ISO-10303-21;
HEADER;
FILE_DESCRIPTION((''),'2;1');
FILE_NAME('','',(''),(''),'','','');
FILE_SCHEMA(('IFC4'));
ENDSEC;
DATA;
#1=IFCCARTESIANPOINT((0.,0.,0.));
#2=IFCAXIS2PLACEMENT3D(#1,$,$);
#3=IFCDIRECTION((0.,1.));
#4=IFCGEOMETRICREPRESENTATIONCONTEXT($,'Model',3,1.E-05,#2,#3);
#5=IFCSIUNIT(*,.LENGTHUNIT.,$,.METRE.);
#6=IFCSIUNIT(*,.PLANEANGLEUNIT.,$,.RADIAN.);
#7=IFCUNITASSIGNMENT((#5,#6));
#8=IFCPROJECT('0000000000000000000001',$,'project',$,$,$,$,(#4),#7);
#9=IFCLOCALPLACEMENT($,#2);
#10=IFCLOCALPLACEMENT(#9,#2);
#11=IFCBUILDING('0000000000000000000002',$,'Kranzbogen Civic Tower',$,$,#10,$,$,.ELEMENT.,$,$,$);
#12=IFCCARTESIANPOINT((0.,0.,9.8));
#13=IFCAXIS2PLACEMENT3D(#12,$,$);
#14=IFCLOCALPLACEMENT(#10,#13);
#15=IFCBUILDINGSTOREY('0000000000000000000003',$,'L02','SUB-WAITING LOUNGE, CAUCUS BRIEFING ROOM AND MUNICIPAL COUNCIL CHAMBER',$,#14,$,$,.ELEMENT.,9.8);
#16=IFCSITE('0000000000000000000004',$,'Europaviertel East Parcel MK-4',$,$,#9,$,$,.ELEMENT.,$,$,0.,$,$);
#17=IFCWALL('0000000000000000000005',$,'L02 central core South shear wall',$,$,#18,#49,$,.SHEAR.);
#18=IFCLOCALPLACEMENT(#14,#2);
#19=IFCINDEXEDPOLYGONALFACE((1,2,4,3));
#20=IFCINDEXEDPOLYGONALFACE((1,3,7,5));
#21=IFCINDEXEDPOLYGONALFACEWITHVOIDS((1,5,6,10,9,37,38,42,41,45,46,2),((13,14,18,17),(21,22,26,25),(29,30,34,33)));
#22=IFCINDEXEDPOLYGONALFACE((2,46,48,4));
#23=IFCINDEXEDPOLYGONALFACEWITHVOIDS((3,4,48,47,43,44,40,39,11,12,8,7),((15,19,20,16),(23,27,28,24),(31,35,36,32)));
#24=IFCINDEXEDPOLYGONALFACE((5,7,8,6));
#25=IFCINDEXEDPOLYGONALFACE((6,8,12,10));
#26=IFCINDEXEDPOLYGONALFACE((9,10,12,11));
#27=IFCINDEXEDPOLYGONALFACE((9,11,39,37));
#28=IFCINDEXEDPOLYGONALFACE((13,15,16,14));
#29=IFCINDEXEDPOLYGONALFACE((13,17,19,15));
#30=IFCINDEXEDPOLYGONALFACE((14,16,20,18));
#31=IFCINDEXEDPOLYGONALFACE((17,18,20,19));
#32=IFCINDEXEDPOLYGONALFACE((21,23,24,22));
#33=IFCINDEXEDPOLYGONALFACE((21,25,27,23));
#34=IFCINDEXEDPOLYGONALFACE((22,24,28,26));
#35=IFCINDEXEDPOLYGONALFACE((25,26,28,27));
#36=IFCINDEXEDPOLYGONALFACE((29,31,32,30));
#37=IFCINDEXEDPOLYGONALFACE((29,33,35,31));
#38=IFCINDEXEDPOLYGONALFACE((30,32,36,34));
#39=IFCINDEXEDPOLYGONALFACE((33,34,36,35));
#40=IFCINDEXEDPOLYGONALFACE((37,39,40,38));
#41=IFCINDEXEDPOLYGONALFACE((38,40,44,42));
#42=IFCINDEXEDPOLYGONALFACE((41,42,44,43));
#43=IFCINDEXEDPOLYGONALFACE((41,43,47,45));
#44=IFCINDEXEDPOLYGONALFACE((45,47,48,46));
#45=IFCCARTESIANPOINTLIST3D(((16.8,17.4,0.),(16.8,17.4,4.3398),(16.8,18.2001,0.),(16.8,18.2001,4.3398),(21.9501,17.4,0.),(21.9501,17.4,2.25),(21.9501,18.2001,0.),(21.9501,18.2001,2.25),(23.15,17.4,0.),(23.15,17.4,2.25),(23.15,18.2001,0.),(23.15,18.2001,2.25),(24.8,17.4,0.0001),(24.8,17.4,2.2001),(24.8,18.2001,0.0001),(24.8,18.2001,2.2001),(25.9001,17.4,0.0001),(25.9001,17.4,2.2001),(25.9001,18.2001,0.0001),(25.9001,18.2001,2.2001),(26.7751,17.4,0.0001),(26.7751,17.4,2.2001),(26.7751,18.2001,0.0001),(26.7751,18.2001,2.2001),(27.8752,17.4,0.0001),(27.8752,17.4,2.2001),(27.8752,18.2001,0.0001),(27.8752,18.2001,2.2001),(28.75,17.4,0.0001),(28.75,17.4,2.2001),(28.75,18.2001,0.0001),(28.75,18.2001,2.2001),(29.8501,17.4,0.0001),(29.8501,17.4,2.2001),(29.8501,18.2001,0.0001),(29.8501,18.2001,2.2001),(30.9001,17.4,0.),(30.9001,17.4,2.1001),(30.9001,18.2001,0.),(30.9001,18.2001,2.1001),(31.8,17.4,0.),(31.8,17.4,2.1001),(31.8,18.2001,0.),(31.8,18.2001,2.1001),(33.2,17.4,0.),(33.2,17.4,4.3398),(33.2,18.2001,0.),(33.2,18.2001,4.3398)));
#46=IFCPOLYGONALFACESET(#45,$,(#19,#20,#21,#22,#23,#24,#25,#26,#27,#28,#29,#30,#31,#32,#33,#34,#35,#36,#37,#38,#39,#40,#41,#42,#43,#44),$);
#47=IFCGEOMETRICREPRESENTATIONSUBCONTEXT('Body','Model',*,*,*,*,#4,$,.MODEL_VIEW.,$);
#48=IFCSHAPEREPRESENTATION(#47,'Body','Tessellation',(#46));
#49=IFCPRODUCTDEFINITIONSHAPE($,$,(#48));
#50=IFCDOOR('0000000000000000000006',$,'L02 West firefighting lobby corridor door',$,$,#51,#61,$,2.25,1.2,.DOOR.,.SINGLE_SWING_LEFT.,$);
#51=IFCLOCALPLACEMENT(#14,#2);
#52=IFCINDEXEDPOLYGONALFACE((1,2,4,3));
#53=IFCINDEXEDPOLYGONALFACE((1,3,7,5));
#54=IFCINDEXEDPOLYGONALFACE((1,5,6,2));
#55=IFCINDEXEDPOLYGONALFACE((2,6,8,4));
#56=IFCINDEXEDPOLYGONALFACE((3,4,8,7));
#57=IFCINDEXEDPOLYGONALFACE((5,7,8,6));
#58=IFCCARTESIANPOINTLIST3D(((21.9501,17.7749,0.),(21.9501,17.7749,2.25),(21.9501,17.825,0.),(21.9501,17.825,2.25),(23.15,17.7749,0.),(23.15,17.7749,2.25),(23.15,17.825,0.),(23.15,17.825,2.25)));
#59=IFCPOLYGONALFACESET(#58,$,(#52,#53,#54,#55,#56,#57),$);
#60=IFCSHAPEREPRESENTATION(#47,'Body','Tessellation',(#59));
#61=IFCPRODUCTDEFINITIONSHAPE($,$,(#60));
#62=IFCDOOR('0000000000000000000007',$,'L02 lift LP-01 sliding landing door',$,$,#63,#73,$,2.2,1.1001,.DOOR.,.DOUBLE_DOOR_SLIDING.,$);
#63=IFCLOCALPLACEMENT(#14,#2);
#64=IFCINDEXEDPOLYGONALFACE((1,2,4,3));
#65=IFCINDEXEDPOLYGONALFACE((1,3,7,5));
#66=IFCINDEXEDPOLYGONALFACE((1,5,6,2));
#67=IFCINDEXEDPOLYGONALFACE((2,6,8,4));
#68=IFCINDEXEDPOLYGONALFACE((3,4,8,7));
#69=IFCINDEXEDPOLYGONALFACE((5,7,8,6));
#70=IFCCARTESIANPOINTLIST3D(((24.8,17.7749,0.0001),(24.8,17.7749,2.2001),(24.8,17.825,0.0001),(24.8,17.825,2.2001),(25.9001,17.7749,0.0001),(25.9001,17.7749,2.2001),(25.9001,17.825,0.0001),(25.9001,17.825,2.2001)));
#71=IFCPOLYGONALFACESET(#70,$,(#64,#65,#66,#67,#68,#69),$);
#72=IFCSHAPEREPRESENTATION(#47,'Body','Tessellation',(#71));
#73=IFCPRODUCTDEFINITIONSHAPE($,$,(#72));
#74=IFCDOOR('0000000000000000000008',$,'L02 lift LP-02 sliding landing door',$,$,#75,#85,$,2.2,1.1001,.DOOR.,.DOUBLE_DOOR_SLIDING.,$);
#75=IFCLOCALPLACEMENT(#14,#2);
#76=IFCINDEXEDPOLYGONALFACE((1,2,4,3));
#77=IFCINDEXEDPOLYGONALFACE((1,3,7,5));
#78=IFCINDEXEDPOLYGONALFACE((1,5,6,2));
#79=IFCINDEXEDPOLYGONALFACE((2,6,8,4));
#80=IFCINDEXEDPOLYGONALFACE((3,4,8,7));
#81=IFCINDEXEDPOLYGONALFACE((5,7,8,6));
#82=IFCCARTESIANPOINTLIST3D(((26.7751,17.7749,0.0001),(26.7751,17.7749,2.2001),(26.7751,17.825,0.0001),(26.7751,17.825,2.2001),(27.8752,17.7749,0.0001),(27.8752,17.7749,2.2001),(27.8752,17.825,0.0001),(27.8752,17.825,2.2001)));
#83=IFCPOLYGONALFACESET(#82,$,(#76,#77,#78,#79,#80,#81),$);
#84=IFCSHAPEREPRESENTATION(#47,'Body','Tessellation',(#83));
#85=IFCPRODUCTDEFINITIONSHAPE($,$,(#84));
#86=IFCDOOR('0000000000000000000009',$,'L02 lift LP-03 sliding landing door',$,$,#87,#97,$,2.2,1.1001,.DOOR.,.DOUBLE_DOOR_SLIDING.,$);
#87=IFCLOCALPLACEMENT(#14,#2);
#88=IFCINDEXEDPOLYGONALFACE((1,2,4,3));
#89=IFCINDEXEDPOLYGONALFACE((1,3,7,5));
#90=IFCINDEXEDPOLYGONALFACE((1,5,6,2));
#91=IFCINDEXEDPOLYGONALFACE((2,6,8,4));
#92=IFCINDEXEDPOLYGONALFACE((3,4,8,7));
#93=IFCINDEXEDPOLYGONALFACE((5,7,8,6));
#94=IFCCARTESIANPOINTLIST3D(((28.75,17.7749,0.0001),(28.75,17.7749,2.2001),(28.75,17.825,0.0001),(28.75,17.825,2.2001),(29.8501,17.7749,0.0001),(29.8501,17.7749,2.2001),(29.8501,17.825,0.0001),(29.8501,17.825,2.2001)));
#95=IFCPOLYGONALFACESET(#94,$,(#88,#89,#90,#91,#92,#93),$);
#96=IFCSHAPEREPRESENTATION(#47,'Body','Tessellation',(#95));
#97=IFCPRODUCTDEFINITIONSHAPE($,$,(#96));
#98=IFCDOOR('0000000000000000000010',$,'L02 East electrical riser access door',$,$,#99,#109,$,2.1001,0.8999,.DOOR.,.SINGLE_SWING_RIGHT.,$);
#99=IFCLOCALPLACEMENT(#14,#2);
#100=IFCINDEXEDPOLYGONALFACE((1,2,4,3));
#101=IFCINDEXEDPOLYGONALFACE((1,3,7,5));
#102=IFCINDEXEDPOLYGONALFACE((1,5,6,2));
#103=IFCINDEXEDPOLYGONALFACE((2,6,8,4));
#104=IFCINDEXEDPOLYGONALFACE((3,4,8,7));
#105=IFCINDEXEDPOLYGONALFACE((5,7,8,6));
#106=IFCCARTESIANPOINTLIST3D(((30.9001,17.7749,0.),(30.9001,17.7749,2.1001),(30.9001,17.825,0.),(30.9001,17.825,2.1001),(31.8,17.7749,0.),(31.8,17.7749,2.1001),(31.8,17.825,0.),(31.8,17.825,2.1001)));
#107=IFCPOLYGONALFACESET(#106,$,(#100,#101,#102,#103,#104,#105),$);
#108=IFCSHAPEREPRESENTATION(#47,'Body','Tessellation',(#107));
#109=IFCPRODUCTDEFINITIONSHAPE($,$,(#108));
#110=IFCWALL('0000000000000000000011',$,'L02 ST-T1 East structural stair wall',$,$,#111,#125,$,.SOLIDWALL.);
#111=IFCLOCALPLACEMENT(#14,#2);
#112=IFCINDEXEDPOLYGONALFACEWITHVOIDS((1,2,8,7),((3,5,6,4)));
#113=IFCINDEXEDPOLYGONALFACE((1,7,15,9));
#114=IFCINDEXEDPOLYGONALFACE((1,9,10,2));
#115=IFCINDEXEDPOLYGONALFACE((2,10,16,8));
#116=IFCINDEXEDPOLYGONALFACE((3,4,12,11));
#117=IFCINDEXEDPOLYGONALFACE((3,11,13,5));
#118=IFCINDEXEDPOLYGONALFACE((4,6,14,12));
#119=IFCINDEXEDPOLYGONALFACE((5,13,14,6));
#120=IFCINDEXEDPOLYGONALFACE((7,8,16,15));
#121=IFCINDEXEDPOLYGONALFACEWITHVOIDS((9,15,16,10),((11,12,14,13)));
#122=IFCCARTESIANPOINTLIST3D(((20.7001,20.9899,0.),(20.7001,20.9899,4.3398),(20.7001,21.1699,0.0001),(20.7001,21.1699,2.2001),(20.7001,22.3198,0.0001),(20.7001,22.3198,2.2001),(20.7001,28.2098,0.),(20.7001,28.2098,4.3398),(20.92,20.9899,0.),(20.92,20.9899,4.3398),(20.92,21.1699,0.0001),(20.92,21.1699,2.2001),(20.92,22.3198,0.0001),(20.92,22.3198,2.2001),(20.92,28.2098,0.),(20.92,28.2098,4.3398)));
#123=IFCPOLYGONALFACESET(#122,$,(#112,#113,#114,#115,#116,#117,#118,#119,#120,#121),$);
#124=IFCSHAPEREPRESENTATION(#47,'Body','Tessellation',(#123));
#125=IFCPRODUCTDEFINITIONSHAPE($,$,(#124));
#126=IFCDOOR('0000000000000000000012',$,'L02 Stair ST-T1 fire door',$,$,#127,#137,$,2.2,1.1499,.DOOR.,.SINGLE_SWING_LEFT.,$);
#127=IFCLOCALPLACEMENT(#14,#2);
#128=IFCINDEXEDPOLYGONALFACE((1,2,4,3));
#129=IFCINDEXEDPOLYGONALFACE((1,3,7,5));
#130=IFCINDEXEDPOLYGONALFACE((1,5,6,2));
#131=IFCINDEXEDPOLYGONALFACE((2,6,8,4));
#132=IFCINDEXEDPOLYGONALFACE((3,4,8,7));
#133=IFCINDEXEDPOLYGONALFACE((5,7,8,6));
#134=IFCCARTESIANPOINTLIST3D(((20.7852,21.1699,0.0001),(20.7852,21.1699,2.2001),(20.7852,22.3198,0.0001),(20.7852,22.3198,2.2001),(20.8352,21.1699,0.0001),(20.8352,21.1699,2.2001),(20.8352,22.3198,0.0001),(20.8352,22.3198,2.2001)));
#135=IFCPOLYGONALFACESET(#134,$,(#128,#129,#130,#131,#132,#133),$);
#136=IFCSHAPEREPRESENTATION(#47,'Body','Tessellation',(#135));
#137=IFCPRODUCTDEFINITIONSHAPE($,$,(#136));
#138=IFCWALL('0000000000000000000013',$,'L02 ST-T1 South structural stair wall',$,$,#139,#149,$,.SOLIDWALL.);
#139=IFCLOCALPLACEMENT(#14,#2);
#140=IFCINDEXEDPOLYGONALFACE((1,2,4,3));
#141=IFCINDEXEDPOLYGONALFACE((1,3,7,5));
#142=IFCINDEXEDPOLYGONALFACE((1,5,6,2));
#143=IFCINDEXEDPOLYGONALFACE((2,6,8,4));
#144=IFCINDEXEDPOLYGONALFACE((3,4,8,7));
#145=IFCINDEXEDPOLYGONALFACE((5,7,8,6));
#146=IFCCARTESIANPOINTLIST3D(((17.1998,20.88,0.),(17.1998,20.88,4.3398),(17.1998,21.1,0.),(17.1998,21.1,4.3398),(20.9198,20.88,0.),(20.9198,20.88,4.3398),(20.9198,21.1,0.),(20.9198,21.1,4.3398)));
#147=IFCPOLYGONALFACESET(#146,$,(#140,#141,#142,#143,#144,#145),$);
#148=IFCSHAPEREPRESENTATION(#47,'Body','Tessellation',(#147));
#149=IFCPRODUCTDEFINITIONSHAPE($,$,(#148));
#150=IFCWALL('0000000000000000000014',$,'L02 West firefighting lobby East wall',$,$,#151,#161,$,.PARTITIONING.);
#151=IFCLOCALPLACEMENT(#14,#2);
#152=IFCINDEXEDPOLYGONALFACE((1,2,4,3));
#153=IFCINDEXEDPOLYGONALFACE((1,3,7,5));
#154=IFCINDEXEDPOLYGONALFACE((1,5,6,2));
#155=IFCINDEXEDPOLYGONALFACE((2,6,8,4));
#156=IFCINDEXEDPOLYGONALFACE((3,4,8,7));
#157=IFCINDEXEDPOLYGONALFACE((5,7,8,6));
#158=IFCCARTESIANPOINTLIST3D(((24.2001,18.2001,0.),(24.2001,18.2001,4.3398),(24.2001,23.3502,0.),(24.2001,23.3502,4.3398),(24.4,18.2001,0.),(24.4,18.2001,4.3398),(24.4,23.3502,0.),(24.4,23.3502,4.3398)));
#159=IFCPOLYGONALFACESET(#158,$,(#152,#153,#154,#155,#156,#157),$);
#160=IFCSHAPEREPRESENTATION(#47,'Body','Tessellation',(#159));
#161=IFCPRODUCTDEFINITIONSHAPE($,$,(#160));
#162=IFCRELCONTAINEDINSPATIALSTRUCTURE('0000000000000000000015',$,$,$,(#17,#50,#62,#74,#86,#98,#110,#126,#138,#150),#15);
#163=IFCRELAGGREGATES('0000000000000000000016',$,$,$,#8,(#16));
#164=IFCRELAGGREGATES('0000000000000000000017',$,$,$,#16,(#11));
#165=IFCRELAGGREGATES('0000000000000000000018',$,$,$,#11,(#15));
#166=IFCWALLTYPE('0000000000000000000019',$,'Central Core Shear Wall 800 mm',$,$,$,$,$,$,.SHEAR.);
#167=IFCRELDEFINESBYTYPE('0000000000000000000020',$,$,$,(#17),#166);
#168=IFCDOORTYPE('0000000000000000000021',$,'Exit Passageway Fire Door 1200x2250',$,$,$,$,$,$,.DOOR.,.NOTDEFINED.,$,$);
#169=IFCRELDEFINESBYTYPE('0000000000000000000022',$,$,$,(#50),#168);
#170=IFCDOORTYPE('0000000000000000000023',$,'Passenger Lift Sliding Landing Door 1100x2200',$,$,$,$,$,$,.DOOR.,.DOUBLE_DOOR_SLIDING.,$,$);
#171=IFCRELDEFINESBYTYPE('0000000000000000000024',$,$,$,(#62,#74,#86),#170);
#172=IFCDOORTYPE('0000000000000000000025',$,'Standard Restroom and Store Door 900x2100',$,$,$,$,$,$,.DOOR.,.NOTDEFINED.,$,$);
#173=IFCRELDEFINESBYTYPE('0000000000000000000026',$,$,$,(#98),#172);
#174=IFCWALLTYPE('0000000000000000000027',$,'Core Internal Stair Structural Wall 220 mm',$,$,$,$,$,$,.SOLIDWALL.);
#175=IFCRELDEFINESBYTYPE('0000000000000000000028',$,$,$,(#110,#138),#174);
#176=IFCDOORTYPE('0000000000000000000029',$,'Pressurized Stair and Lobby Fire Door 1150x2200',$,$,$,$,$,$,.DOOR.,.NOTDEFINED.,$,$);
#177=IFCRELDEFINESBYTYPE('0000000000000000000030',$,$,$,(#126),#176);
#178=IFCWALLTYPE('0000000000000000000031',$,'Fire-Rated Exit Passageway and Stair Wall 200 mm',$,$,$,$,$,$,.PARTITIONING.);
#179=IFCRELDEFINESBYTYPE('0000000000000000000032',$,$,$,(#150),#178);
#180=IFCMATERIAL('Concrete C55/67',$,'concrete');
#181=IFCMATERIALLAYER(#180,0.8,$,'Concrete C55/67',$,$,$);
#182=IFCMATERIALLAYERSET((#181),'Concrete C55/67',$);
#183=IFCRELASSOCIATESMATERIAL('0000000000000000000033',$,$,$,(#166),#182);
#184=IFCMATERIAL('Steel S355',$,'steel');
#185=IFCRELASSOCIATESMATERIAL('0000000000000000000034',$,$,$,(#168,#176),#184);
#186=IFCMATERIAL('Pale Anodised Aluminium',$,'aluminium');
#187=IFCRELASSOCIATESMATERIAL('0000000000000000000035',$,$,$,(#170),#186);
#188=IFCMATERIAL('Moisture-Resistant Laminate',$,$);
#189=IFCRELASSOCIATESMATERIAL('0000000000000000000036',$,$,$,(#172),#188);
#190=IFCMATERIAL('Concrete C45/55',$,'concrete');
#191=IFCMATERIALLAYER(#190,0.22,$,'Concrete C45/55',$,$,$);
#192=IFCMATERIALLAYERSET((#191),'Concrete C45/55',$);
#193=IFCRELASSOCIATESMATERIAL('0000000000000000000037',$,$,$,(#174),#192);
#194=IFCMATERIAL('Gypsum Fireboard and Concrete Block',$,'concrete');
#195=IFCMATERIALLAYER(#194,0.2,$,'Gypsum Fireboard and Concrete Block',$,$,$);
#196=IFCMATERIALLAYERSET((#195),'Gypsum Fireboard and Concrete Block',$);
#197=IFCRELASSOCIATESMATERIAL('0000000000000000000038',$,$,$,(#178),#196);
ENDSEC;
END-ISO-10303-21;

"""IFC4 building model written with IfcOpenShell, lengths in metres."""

from ifc_helpers import new_model, si_unit, direction, frame, frame_2d, origin, place, context, subcontext, project, spatial, rectangle, extrude, material, layer, layer_set, type_object, element, fill, save


model = new_model("IFC4")

# Units and contexts
model_context = context("Model", 3, precision=1e-05, world=origin(), true_north=direction((0.0, 1.0)))
body_context = subcontext(model_context, "Body", "Model", "MODEL_VIEW")
ifc_project = project(units=[si_unit("LENGTHUNIT", "METRE"), si_unit("PLANEANGLEUNIT", "RADIAN")], contexts=[model_context])

# Site, building, storey
site_placement = place(None, origin())
site = spatial("IfcSite", under=ifc_project, at=site_placement, Name="Europaviertel East Parcel MK-4", CompositionType="ELEMENT", RefElevation=0.0)
building_placement = place(site_placement, origin())
building = spatial("IfcBuilding", under=site, at=building_placement, Name="Kranzbogen Civic Tower", CompositionType="ELEMENT")
storey_placement = place(building_placement, frame((0.0, 0.0, 9.8)))
storey = spatial("IfcBuildingStorey", under=building, at=storey_placement, Name="L02", Description="SUB-WAITING LOUNGE, CAUCUS BRIEFING ROOM AND MUNICIPAL COUNCIL CHAMBER", CompositionType="ELEMENT", Elevation=9.8)

# Shared definitions
ifc_material_1 = material(Name="Pale Anodised Aluminium", Category="aluminium")

# Shared definitions
ifc_material_2 = material(Name="Steel S355", Category="steel")

# Wall, openings, doors
ifc_material_3 = material(Name="Concrete C55/67", Category="concrete")
ifc_layer_1 = layer(ifc_material_3, 0.8, Name="Concrete C55/67")
ifc_layer_set_1 = layer_set([ifc_layer_1], Name="Concrete C55/67")
wall_type_1 = type_object("IfcWallType", Name="Central Core Shear Wall 800 mm", PredefinedType="SHEAR", material=ifc_layer_set_1)
wall_1_placement = place(storey_placement, frame((16.8, 17.8, 0.0), z_axis=(0.0, 0.0, 1.0), x_axis=(1.0, 0.0, 0.0)))
wall_1 = element("IfcWall", 1, at=wall_1_placement, inside=storey, type_object=wall_type_1, Name="L02 central core South shear wall", PredefinedType="SHEAR", context=body_context, shape_type="SweptSolid", body=[
    extrude(rectangle(XDim=16.3999, YDim=0.8, at=frame_2d((8.2, 0.0))), origin(), (0.0, 0.0, 1.0), 4.3398),
])
opening_1_placement = place(wall_1_placement, frame((5.1499, 0.0, 0.0)))
opening_1 = element("IfcOpeningElement", 2, at=opening_1_placement, cuts=wall_1, PredefinedType="OPENING", context=body_context, shape_type="SweptSolid", body=[
    extrude(rectangle(XDim=1.2, YDim=2.25, at=frame_2d((0.6001, 1.125))), frame((0.0, 0.4102, 0.0), z_axis=(0.0, -1.0, 0.0), x_axis=(1.0, 0.0, 0.0)), (0.0, 0.0, 1.0), 0.8201),
])
opening_2_placement = place(wall_1_placement, frame((14.1001, 0.0, 0.0)))
opening_2 = element("IfcOpeningElement", 3, at=opening_2_placement, cuts=wall_1, PredefinedType="OPENING", context=body_context, shape_type="SweptSolid", body=[
    extrude(rectangle(XDim=0.8999, YDim=2.1001, at=frame_2d((0.45, 1.05))), frame((0.0, 0.4102, 0.0), z_axis=(0.0, -1.0, 0.0), x_axis=(1.0, 0.0, 0.0)), (0.0, 0.0, 1.0), 0.8201),
])
opening_3_placement = place(wall_1_placement, frame((8.0, 0.0, 0.0)))
opening_3 = element("IfcOpeningElement", 4, at=opening_3_placement, cuts=wall_1, PredefinedType="OPENING", context=body_context, shape_type="SweptSolid", body=[
    extrude(rectangle(XDim=1.1001, YDim=2.2, at=frame_2d((0.55, 1.1001))), frame((0.0, 0.4102, 0.0), z_axis=(0.0, -1.0, 0.0), x_axis=(1.0, 0.0, 0.0)), (0.0, 0.0, 1.0), 0.8201),
])
opening_4_placement = place(wall_1_placement, frame((9.9751, 0.0, 0.0)))
opening_4 = element("IfcOpeningElement", 5, at=opening_4_placement, cuts=wall_1, PredefinedType="OPENING", context=body_context, shape_type="SweptSolid", body=[
    extrude(rectangle(XDim=1.1001, YDim=2.2, at=frame_2d((0.55, 1.1001))), frame((0.0, 0.4102, 0.0), z_axis=(0.0, -1.0, 0.0), x_axis=(1.0, 0.0, 0.0)), (0.0, 0.0, 1.0), 0.8201),
])
opening_5_placement = place(wall_1_placement, frame((11.95, 0.0, 0.0)))
opening_5 = element("IfcOpeningElement", 6, at=opening_5_placement, cuts=wall_1, PredefinedType="OPENING", context=body_context, shape_type="SweptSolid", body=[
    extrude(rectangle(XDim=1.1001, YDim=2.2, at=frame_2d((0.55, 1.1001))), frame((0.0, 0.4102, 0.0), z_axis=(0.0, -1.0, 0.0), x_axis=(1.0, 0.0, 0.0)), (0.0, 0.0, 1.0), 0.8201),
])
door_type_1 = type_object("IfcDoorType", Name="Exit Passageway Fire Door 1200x2250", OperationType="NOTDEFINED", PredefinedType="DOOR", material=ifc_material_2)
door_1_placement = place(opening_1_placement, origin())
door_1 = element("IfcDoor", 7, at=door_1_placement, inside=storey, type_object=door_type_1, Name="L02 West firefighting lobby corridor door", OperationType="SINGLE_SWING_LEFT", OverallHeight=2.25, OverallWidth=1.2, PredefinedType="DOOR", context=body_context, shape_type="SweptSolid", body=[
    extrude(rectangle(XDim=1.2, YDim=2.25, at=frame_2d((0.6001, 1.125))), frame((0.0, 0.0249, 0.0), z_axis=(0.0, -1.0, 0.0), x_axis=(1.0, 0.0, 0.0)), (0.0, 0.0, 1.0), 0.05),
])
fill(opening_1, door_1)
door_type_2 = type_object("IfcDoorType", Name="Passenger Lift Sliding Landing Door 1100x2200", OperationType="DOUBLE_DOOR_SLIDING", PredefinedType="DOOR", material=ifc_material_1)
door_2_placement = place(opening_3_placement, origin())
door_2 = element("IfcDoor", 8, at=door_2_placement, inside=storey, type_object=door_type_2, Name="L02 lift LP-01 sliding landing door", OperationType="DOUBLE_DOOR_SLIDING", OverallHeight=2.2, OverallWidth=1.1001, PredefinedType="DOOR", context=body_context, shape_type="SweptSolid", body=[
    extrude(rectangle(XDim=1.1001, YDim=2.2, at=frame_2d((0.55, 1.1001))), frame((0.0, 0.0249, 0.0), z_axis=(0.0, -1.0, 0.0), x_axis=(1.0, 0.0, 0.0)), (0.0, 0.0, 1.0), 0.05),
])
fill(opening_3, door_2)
door_3_placement = place(opening_4_placement, origin())
door_3 = element("IfcDoor", 9, at=door_3_placement, inside=storey, type_object=door_type_2, Name="L02 lift LP-02 sliding landing door", OperationType="DOUBLE_DOOR_SLIDING", OverallHeight=2.2, OverallWidth=1.1001, PredefinedType="DOOR", context=body_context, shape_type="SweptSolid", body=[
    extrude(rectangle(XDim=1.1001, YDim=2.2, at=frame_2d((0.55, 1.1001))), frame((0.0, 0.0249, 0.0), z_axis=(0.0, -1.0, 0.0), x_axis=(1.0, 0.0, 0.0)), (0.0, 0.0, 1.0), 0.05),
])
fill(opening_4, door_3)
door_4_placement = place(opening_5_placement, origin())
door_4 = element("IfcDoor", 10, at=door_4_placement, inside=storey, type_object=door_type_2, Name="L02 lift LP-03 sliding landing door", OperationType="DOUBLE_DOOR_SLIDING", OverallHeight=2.2, OverallWidth=1.1001, PredefinedType="DOOR", context=body_context, shape_type="SweptSolid", body=[
    extrude(rectangle(XDim=1.1001, YDim=2.2, at=frame_2d((0.55, 1.1001))), frame((0.0, 0.0249, 0.0), z_axis=(0.0, -1.0, 0.0), x_axis=(1.0, 0.0, 0.0)), (0.0, 0.0, 1.0), 0.05),
])
fill(opening_5, door_4)
ifc_material_4 = material(Name="Moisture-Resistant Laminate")
door_type_3 = type_object("IfcDoorType", Name="Standard Restroom and Store Door 900x2100", OperationType="NOTDEFINED", PredefinedType="DOOR", material=ifc_material_4)
door_5_placement = place(opening_2_placement, origin())
door_5 = element("IfcDoor", 11, at=door_5_placement, inside=storey, type_object=door_type_3, Name="L02 East electrical riser access door", OperationType="SINGLE_SWING_RIGHT", OverallHeight=2.1001, OverallWidth=0.8999, PredefinedType="DOOR", context=body_context, shape_type="SweptSolid", body=[
    extrude(rectangle(XDim=0.8999, YDim=2.1001, at=frame_2d((0.45, 1.05))), frame((0.0, 0.0249, 0.0), z_axis=(0.0, -1.0, 0.0), x_axis=(1.0, 0.0, 0.0)), (0.0, 0.0, 1.0), 0.05),
])
fill(opening_2, door_5)

# Wall, opening, door
ifc_material_5 = material(Name="Concrete C45/55", Category="concrete")
ifc_layer_2 = layer(ifc_material_5, 0.22, Name="Concrete C45/55")
ifc_layer_set_2 = layer_set([ifc_layer_2], Name="Concrete C45/55")
wall_type_2 = type_object("IfcWallType", Name="Core Internal Stair Structural Wall 220 mm", PredefinedType="SOLIDWALL", material=ifc_layer_set_2)
wall_2_placement = place(storey_placement, frame((20.8101, 20.99, 0.0), z_axis=(0.0, 0.0, 1.0), x_axis=(0.0, 1.0, 0.0)))
wall_2 = element("IfcWall", 12, at=wall_2_placement, inside=storey, type_object=wall_type_2, Name="L02 ST-T1 East structural stair wall", PredefinedType="SOLIDWALL", context=body_context, shape_type="SweptSolid", body=[
    extrude(rectangle(XDim=7.22, YDim=0.22, at=frame_2d((3.6099, 0.0))), origin(), (0.0, 0.0, 1.0), 4.3398),
])
opening_6_placement = place(wall_2_placement, frame((0.1799, 0.0, 0.0)))
opening_6 = element("IfcOpeningElement", 13, at=opening_6_placement, cuts=wall_2, PredefinedType="OPENING", context=body_context, shape_type="SweptSolid", body=[
    extrude(rectangle(XDim=1.1499, YDim=2.2, at=frame_2d((0.575, 1.1001))), frame((0.0, 0.1201, 0.0), z_axis=(0.0, -1.0, 0.0), x_axis=(1.0, 0.0, 0.0)), (0.0, 0.0, 1.0), 0.24),
])
door_type_4 = type_object("IfcDoorType", Name="Pressurized Stair and Lobby Fire Door 1150x2200", OperationType="NOTDEFINED", PredefinedType="DOOR", material=ifc_material_2)
door_6_placement = place(opening_6_placement, origin())
door_6 = element("IfcDoor", 14, at=door_6_placement, inside=storey, type_object=door_type_4, Name="L02 Stair ST-T1 fire door", OperationType="SINGLE_SWING_LEFT", OverallHeight=2.2, OverallWidth=1.1499, PredefinedType="DOOR", context=body_context, shape_type="SweptSolid", body=[
    extrude(rectangle(XDim=1.1499, YDim=2.2, at=frame_2d((0.575, 1.1001))), frame((0.0, 0.0249, 0.0), z_axis=(0.0, -1.0, 0.0), x_axis=(1.0, 0.0, 0.0)), (0.0, 0.0, 1.0), 0.05),
])
fill(opening_6, door_6)

# Walls
wall_3_placement = place(storey_placement, frame((17.2, 20.99, 0.0), z_axis=(0.0, 0.0, 1.0), x_axis=(1.0, 0.0, 0.0)))
element("IfcWall", 15, at=wall_3_placement, inside=storey, type_object=wall_type_2, Name="L02 ST-T1 South structural stair wall", PredefinedType="SOLIDWALL", context=body_context, shape_type="SweptSolid", body=[
    extrude(rectangle(XDim=3.72, YDim=0.22, at=frame_2d((1.8599, 0.0))), origin(), (0.0, 0.0, 1.0), 4.3398),
])
ifc_material_6 = material(Name="Gypsum Fireboard and Concrete Block", Category="concrete")
ifc_layer_3 = layer(ifc_material_6, 0.2, Name="Gypsum Fireboard and Concrete Block")
ifc_layer_set_3 = layer_set([ifc_layer_3], Name="Gypsum Fireboard and Concrete Block")
wall_type_3 = type_object("IfcWallType", Name="Fire-Rated Exit Passageway and Stair Wall 200 mm", PredefinedType="PARTITIONING", material=ifc_layer_set_3)
wall_4_placement = place(storey_placement, frame((24.3, 18.2, 0.0), z_axis=(0.0, 0.0, 1.0), x_axis=(0.0, 1.0, 0.0)))
element("IfcWall", 16, at=wall_4_placement, inside=storey, type_object=wall_type_3, Name="L02 West firefighting lobby East wall", PredefinedType="PARTITIONING", context=body_context, shape_type="SweptSolid", body=[
    extrude(rectangle(XDim=5.1501, YDim=0.2, at=frame_2d((2.5752, 0.0))), origin(), (0.0, 0.0, 1.0), 4.3398),
])

save(model, "model.ifc")
